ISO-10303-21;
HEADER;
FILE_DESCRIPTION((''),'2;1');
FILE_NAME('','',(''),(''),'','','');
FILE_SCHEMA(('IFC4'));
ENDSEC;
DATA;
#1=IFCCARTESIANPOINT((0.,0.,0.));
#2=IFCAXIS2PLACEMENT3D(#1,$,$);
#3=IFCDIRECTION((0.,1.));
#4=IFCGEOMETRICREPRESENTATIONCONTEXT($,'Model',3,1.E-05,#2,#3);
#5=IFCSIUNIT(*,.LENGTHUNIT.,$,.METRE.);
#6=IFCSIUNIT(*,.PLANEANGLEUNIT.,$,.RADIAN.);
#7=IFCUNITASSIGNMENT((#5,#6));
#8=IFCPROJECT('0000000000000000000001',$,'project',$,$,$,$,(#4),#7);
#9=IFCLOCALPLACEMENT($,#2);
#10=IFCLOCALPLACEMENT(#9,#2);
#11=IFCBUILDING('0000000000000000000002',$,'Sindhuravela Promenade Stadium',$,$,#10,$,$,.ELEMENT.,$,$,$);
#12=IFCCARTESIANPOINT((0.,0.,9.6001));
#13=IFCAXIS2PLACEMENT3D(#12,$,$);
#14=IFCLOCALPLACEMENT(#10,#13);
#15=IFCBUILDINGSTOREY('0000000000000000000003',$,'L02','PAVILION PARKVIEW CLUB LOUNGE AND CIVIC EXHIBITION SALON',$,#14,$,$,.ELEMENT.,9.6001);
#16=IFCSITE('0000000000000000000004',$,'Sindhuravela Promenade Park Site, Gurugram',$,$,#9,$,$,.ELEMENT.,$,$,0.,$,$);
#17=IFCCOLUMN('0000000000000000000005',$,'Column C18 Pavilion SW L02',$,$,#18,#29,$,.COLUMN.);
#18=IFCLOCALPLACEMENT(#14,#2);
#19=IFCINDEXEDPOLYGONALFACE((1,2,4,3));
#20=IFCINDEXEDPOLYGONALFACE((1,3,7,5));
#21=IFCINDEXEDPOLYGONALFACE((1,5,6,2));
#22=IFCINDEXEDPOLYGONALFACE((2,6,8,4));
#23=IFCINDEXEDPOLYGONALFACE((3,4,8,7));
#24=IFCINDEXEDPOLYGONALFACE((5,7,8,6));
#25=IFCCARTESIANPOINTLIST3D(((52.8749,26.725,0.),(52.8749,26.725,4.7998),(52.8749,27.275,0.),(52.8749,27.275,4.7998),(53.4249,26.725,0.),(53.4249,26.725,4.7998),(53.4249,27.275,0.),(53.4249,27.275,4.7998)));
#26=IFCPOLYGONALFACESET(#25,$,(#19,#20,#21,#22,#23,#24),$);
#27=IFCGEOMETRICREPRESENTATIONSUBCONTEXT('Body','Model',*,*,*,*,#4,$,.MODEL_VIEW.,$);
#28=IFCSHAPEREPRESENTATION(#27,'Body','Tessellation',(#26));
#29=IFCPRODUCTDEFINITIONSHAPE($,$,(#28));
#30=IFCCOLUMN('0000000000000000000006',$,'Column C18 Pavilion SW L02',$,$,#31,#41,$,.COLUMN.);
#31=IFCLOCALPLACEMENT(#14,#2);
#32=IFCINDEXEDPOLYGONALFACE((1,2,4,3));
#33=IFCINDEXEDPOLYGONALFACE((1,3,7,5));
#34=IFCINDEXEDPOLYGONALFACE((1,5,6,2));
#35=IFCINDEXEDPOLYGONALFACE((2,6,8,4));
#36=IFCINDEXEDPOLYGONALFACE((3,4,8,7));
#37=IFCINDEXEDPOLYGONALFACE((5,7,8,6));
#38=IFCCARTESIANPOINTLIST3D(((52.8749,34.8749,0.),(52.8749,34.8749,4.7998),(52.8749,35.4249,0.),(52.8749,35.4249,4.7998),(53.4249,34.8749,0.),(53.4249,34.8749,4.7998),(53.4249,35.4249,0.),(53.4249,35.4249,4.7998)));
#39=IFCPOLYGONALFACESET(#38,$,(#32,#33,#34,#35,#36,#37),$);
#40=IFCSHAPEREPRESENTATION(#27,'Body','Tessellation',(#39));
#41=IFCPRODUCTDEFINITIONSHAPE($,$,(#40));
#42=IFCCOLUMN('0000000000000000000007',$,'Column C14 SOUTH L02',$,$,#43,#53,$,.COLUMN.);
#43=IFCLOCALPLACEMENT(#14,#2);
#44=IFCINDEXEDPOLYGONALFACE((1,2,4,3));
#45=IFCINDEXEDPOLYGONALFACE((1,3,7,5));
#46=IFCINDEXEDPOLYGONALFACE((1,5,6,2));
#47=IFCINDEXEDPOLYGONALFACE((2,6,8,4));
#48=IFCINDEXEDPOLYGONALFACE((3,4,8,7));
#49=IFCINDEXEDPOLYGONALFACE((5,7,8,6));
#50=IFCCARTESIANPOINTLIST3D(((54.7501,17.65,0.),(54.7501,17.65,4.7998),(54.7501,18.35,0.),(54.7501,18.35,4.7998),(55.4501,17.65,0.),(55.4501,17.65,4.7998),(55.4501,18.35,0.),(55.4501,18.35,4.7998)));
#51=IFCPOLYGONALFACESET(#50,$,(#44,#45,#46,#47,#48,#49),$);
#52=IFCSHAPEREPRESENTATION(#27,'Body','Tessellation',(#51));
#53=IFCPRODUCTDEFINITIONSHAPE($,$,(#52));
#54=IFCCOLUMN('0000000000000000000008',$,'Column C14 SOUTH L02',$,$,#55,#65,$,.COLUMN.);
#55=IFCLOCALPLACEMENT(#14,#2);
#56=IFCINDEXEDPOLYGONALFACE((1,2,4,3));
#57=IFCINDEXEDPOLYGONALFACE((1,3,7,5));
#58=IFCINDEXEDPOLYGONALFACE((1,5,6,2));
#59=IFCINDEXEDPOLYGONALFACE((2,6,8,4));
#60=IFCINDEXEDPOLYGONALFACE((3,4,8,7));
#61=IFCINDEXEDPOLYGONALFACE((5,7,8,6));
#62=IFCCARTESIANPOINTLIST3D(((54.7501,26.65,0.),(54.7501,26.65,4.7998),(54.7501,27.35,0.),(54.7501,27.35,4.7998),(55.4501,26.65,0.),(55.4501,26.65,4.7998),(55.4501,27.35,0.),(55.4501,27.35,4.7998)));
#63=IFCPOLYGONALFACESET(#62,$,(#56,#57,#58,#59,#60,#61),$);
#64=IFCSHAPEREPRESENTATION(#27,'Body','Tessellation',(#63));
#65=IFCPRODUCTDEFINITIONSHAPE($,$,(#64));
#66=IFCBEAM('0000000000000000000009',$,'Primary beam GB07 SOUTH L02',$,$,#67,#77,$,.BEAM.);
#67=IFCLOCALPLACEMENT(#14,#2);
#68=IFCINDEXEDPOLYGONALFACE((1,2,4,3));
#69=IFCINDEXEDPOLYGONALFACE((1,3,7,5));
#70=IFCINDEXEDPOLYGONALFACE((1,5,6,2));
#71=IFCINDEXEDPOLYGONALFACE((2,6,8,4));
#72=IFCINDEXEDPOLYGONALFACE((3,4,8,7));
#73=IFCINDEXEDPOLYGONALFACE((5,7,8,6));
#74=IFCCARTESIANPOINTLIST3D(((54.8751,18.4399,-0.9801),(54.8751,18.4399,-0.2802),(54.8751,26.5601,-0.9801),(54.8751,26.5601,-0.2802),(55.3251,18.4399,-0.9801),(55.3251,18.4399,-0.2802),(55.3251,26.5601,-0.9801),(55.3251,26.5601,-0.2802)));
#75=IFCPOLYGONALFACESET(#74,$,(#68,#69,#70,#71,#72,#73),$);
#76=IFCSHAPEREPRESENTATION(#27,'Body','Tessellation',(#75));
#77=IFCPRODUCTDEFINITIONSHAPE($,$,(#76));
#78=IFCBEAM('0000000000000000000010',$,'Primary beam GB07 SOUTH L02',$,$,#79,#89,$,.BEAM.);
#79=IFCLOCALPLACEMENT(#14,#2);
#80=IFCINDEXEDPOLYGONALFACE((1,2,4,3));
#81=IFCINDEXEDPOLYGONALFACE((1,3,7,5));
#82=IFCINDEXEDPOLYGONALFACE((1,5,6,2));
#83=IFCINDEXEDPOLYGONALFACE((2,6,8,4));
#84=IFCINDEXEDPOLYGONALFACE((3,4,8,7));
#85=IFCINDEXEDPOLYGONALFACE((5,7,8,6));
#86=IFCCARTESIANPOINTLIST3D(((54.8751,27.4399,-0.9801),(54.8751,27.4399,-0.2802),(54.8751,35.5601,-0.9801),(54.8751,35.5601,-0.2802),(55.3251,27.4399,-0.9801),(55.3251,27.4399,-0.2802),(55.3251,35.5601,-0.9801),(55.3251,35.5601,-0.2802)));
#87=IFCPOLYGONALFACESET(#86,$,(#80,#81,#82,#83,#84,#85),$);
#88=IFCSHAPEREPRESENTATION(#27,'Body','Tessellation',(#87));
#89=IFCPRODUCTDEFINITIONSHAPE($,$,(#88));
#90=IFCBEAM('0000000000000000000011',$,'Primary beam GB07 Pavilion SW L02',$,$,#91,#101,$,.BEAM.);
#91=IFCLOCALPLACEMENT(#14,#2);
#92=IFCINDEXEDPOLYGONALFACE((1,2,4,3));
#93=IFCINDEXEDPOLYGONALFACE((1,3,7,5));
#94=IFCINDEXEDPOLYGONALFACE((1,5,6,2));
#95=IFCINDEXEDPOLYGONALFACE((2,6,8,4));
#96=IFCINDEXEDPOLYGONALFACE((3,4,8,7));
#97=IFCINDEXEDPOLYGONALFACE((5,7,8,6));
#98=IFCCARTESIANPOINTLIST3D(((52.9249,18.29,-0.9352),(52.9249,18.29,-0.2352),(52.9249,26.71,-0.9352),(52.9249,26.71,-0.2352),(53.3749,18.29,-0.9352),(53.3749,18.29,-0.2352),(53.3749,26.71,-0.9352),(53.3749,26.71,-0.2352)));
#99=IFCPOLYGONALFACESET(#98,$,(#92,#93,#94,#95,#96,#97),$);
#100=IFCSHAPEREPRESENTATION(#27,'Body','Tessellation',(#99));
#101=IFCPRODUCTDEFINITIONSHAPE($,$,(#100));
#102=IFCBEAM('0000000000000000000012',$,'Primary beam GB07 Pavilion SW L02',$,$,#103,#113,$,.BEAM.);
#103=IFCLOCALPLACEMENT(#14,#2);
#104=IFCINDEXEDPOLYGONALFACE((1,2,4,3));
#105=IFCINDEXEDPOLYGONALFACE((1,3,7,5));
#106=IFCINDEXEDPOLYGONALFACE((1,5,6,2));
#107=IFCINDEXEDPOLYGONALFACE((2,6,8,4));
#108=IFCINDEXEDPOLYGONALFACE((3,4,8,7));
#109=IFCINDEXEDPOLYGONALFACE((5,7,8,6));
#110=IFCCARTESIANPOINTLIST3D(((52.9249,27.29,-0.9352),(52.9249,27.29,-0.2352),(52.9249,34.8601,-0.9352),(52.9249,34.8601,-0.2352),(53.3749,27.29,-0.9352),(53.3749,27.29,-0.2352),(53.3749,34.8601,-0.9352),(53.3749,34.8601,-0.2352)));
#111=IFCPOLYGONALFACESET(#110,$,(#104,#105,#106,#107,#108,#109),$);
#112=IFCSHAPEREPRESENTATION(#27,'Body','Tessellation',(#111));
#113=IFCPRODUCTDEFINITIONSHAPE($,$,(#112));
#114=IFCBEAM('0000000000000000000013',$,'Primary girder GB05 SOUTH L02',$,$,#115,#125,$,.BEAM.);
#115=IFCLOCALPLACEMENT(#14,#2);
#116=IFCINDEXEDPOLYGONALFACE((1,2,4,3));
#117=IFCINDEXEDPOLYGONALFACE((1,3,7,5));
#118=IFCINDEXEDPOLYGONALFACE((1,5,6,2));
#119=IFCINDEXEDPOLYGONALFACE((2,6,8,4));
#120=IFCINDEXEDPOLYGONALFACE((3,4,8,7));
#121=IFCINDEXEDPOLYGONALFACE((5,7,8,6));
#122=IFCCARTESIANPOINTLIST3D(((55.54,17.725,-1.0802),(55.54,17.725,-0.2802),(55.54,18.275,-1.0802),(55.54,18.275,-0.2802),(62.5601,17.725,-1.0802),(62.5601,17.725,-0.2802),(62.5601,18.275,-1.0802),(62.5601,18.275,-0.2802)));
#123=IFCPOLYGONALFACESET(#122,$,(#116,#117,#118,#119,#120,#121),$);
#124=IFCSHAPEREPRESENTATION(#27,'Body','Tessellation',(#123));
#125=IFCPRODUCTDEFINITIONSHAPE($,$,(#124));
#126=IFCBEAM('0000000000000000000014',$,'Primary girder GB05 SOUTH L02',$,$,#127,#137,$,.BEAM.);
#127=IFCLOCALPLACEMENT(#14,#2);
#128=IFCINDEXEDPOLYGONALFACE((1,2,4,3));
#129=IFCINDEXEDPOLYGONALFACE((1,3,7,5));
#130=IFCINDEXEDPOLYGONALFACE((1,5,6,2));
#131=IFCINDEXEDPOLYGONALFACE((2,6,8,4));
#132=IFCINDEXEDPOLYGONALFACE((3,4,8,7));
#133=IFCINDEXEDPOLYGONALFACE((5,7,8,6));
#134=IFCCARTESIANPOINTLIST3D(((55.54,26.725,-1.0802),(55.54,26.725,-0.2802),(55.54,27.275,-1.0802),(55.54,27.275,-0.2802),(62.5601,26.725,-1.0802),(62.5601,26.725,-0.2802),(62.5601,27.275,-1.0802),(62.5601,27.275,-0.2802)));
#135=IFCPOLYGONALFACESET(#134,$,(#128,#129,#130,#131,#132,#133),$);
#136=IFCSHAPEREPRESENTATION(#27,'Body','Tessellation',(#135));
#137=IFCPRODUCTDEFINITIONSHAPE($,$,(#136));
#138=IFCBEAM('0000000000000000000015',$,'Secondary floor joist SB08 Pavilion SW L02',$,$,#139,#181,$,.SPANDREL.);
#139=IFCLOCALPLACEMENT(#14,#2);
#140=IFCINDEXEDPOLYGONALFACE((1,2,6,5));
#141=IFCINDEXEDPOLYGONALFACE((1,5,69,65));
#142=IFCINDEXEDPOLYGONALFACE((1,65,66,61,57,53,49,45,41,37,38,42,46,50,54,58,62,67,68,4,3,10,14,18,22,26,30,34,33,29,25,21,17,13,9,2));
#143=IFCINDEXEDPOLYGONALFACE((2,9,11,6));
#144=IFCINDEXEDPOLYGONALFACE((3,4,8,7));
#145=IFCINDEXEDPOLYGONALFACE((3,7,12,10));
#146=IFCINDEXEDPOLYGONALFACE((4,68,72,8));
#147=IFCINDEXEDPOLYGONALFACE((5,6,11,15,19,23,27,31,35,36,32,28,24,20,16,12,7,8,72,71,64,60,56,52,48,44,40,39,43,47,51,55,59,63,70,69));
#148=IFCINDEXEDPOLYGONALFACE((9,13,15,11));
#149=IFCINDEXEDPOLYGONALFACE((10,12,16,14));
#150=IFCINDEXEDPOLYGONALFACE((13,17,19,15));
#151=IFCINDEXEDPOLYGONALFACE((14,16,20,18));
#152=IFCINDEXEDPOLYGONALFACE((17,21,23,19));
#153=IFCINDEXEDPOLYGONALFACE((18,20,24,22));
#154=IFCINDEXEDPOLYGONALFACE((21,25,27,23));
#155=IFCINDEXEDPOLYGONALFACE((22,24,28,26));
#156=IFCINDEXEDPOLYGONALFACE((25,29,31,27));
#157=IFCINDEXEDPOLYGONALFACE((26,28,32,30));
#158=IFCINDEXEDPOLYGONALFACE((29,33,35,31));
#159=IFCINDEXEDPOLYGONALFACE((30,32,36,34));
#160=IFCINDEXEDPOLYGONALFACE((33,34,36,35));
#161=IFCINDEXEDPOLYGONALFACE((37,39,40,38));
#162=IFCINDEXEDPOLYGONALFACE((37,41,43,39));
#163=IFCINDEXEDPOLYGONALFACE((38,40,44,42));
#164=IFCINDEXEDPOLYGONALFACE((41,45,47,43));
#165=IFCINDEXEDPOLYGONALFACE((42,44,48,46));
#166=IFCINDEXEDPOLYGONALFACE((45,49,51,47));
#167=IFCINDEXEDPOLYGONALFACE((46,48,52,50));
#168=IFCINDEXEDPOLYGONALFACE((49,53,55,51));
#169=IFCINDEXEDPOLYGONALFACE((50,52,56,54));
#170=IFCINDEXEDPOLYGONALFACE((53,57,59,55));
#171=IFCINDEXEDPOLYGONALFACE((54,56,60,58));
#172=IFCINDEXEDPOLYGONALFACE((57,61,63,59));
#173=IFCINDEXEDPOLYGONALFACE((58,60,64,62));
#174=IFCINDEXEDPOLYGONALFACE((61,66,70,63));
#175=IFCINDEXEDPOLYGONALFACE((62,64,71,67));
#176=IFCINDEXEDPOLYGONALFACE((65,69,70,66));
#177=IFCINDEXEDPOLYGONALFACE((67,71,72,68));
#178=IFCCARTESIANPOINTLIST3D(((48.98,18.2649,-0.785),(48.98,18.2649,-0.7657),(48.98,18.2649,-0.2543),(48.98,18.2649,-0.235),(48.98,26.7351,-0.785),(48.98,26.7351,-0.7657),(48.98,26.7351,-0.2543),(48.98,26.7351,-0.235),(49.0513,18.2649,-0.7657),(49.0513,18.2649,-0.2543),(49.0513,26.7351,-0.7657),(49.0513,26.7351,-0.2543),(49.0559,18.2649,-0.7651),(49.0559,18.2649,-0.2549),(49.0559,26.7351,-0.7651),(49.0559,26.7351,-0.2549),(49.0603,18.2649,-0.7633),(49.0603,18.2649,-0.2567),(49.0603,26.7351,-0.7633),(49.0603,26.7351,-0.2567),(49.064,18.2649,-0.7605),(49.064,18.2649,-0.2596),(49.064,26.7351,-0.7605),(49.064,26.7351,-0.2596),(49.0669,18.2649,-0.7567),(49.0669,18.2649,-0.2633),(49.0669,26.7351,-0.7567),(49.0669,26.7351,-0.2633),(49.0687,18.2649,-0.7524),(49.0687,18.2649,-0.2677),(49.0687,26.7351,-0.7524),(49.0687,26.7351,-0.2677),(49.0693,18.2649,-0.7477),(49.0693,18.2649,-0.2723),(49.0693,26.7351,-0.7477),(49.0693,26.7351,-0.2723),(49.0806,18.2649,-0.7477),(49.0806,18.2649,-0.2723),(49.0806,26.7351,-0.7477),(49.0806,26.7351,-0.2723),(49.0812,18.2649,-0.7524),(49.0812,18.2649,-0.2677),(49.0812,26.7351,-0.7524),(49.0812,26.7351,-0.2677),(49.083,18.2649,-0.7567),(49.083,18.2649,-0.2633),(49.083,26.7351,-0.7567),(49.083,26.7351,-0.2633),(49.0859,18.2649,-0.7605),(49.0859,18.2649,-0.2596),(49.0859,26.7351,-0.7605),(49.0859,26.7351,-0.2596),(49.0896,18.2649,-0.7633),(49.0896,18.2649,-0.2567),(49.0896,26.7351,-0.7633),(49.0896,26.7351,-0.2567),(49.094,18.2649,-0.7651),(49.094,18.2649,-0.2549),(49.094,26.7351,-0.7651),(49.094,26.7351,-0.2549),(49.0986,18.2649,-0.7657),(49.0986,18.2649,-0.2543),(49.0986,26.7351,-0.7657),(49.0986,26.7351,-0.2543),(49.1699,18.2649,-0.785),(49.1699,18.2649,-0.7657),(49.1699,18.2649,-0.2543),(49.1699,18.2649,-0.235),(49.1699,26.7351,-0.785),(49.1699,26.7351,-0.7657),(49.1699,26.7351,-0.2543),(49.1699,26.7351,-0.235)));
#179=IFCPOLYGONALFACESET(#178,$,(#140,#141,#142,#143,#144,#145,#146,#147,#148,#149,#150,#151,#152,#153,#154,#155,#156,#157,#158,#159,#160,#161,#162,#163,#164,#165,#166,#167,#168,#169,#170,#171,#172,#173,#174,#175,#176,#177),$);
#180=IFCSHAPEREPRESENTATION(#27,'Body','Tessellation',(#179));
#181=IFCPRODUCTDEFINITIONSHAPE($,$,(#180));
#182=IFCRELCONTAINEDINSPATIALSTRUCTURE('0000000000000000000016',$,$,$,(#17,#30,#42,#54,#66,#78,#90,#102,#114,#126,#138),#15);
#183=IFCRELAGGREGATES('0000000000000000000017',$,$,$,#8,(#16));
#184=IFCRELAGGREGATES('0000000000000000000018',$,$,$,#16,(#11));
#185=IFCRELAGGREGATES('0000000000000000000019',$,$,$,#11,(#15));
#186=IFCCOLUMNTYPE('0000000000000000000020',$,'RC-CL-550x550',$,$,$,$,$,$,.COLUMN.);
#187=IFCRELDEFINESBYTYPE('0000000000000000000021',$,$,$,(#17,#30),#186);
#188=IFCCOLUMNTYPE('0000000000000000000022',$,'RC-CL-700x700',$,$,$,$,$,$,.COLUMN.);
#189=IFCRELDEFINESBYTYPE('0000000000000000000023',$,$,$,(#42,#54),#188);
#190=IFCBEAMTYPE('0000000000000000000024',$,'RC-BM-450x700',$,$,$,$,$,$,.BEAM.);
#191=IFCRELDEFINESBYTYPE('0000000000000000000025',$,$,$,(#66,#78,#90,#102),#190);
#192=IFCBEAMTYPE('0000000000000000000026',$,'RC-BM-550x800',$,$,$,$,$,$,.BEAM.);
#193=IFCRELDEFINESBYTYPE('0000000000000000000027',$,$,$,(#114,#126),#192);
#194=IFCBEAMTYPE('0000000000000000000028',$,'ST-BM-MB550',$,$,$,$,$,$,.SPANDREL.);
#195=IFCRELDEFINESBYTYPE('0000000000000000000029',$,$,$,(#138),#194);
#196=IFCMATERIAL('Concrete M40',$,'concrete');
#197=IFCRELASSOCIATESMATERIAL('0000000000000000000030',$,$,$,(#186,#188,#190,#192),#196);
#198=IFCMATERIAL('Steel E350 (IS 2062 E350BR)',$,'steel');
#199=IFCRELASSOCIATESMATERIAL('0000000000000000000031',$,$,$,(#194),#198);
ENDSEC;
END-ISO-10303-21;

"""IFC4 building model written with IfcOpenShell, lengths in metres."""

from ifc_helpers import new_model, si_unit, direction, frame, origin, origin_2d, place, context, subcontext, project, spatial, rectangle, i_section, extrude, material, material_profile, profile_set, type_object, element, save


model = new_model("IFC4")

# Units and contexts
model_context = context("Model", 3, precision=1e-05, world=origin(), true_north=direction((0.0, 1.0)))
body_context = subcontext(model_context, "Body", "Model", "MODEL_VIEW")
ifc_project = project(units=[si_unit("LENGTHUNIT", "METRE"), si_unit("PLANEANGLEUNIT", "RADIAN")], contexts=[model_context])

# Site, building, storey
site_placement = place(None, origin())
site = spatial("IfcSite", under=ifc_project, at=site_placement, Name="Sindhuravela Promenade Park Site, Gurugram", CompositionType="ELEMENT", RefElevation=0.0)
building_placement = place(site_placement, origin())
building = spatial("IfcBuilding", under=site, at=building_placement, Name="Sindhuravela Promenade Stadium", CompositionType="ELEMENT")
storey_placement = place(building_placement, frame((0.0, 0.0, 9.6001)))
storey = spatial("IfcBuildingStorey", under=building, at=storey_placement, Name="L02", Description="PAVILION PARKVIEW CLUB LOUNGE AND CIVIC EXHIBITION SALON", CompositionType="ELEMENT", Elevation=9.6001)

# Columns
ifc_material_1 = material(Name="Concrete M40", Category="concrete")
ifc_material_profile_1 = material_profile(ifc_material_1, rectangle(XDim=0.55, YDim=0.55, at=origin_2d()), Name="RC 550x550")
ifc_profile_set_1 = profile_set([ifc_material_profile_1], Name="Concrete M40")
column_type_1 = type_object("IfcColumnType", Name="RC-CL-550x550", PredefinedType="COLUMN", material=ifc_profile_set_1)
for number, where, z_axis, x_axis, name in (
    (1, (53.1499, 27.0, 0.0), (0.0, 0.0, 1.0), (1.0, 0.0, 0.0), "Column C18 Pavilion SW L02"),
    (2, (53.1499, 35.1499, 0.0), (0.0, 0.0, 1.0), (1.0, 0.0, 0.0), "Column C18 Pavilion SW L02"),
):
    element("IfcColumn", number, at=place(storey_placement, frame(where, z_axis=z_axis, x_axis=x_axis)), inside=storey, type_object=column_type_1, Name=name, PredefinedType="COLUMN", context=body_context, shape_type="SweptSolid", body=[
        extrude(rectangle(XDim=0.55, YDim=0.55, at=origin_2d()), origin(), (0.0, 0.0, 1.0), 4.7998),
    ])
ifc_material_profile_2 = material_profile(ifc_material_1, rectangle(XDim=0.7, YDim=0.7, at=origin_2d()), Name="RC 700x700")
ifc_profile_set_2 = profile_set([ifc_material_profile_2], Name="Concrete M40")
column_type_2 = type_object("IfcColumnType", Name="RC-CL-700x700", PredefinedType="COLUMN", material=ifc_profile_set_2)
for number, where, z_axis, x_axis, name in (
    (3, (55.1001, 18.0, 0.0), (0.0, 0.0, 1.0), (1.0, 0.0, 0.0), "Column C14 SOUTH L02"),
    (4, (55.1001, 27.0, 0.0), (0.0, 0.0, 1.0), (1.0, 0.0, 0.0), "Column C14 SOUTH L02"),
):
    element("IfcColumn", number, at=place(storey_placement, frame(where, z_axis=z_axis, x_axis=x_axis)), inside=storey, type_object=column_type_2, Name=name, PredefinedType="COLUMN", context=body_context, shape_type="SweptSolid", body=[
        extrude(rectangle(XDim=0.7, YDim=0.7, at=origin_2d()), origin(), (0.0, 0.0, 1.0), 4.7998),
    ])

# Beams
ifc_material_profile_3 = material_profile(ifc_material_1, rectangle(XDim=0.45, YDim=0.7, at=origin_2d()), Name="RC 450x700")
ifc_profile_set_3 = profile_set([ifc_material_profile_3], Name="Concrete M40")
beam_type_1 = type_object("IfcBeamType", Name="RC-BM-450x700", PredefinedType="BEAM", material=ifc_profile_set_3)
for number, where, z_axis, x_axis, name in (
    (5, (55.1001, 18.4399, -0.6301), (0.0, 1.0, 0.0), (-1.0, 0.0, 0.0), "Primary beam GB07 SOUTH L02"),
    (6, (55.1001, 27.4399, -0.6301), (0.0, 1.0, 0.0), (-1.0, 0.0, 0.0), "Primary beam GB07 SOUTH L02"),
):
    element("IfcBeam", number, at=place(storey_placement, frame(where, z_axis=z_axis, x_axis=x_axis)), inside=storey, type_object=beam_type_1, Name=name, PredefinedType="BEAM", context=body_context, shape_type="SweptSolid", body=[
        extrude(rectangle(XDim=0.45, YDim=0.7, at=origin_2d()), origin(), (0.0, 0.0, 1.0), 8.1201),
    ])
beam_1_placement = place(storey_placement, frame((53.1499, 18.29, -0.5852), z_axis=(0.0, 1.0, 0.0), x_axis=(-1.0, 0.0, 0.0)))
element("IfcBeam", 7, at=beam_1_placement, inside=storey, type_object=beam_type_1, Name="Primary beam GB07 Pavilion SW L02", PredefinedType="BEAM", context=body_context, shape_type="SweptSolid", body=[
    extrude(rectangle(XDim=0.45, YDim=0.7, at=origin_2d()), origin(), (0.0, 0.0, 1.0), 8.4199),
])
beam_2_placement = place(storey_placement, frame((53.1499, 27.29, -0.5852), z_axis=(0.0, 1.0, 0.0), x_axis=(-1.0, 0.0, 0.0)))
element("IfcBeam", 8, at=beam_2_placement, inside=storey, type_object=beam_type_1, Name="Primary beam GB07 Pavilion SW L02", PredefinedType="BEAM", context=body_context, shape_type="SweptSolid", body=[
    extrude(rectangle(XDim=0.45, YDim=0.7, at=origin_2d()), origin(), (0.0, 0.0, 1.0), 7.5701),
])
ifc_material_profile_4 = material_profile(ifc_material_1, rectangle(XDim=0.55, YDim=0.8, at=origin_2d()), Name="RC 550x800")
ifc_profile_set_4 = profile_set([ifc_material_profile_4], Name="Concrete M40")
beam_type_2 = type_object("IfcBeamType", Name="RC-BM-550x800", PredefinedType="BEAM", material=ifc_profile_set_4)
for number, where, z_axis, x_axis, name in (
    (9, (55.54, 18.0, -0.6802), (1.0, 0.0, 0.0), (0.0, 1.0, 0.0), "Primary girder GB05 SOUTH L02"),
    (10, (55.54, 27.0, -0.6802), (1.0, 0.0, 0.0), (0.0, 1.0, 0.0), "Primary girder GB05 SOUTH L02"),
):
    element("IfcBeam", number, at=place(storey_placement, frame(where, z_axis=z_axis, x_axis=x_axis)), inside=storey, type_object=beam_type_2, Name=name, PredefinedType="BEAM", context=body_context, shape_type="SweptSolid", body=[
        extrude(rectangle(XDim=0.55, YDim=0.8, at=origin_2d()), origin(), (0.0, 0.0, 1.0), 7.02),
    ])
ifc_material_2 = material(Name="Steel E350 (IS 2062 E350BR)", Category="steel")
ifc_material_profile_5 = material_profile(ifc_material_2, i_section(OverallWidth=0.1899, OverallDepth=0.55, WebThickness=0.0112, FlangeThickness=0.0193, FilletRadius=0.0181, at=origin_2d()), Name="ISMB 550")
ifc_profile_set_5 = profile_set([ifc_material_profile_5], Name="Steel E350 (IS 2062 E350BR)")
beam_type_3 = type_object("IfcBeamType", Name="ST-BM-MB550", PredefinedType="SPANDREL", material=ifc_profile_set_5)
beam_3_placement = place(storey_placement, frame((49.075, 18.2649, -0.51), z_axis=(0.0, 1.0, 0.0), x_axis=(-1.0, 0.0, 0.0)))
element("IfcBeam", 11, at=beam_3_placement, inside=storey, type_object=beam_type_3, Name="Secondary floor joist SB08 Pavilion SW L02", PredefinedType="SPANDREL", context=body_context, shape_type="SweptSolid", body=[
    extrude(i_section(OverallWidth=0.1899, OverallDepth=0.55, WebThickness=0.0112, FlangeThickness=0.0193, FilletRadius=0.0181, at=origin_2d()), origin(), (0.0, 0.0, 1.0), 8.4702),
])

save(model, "model.ifc")
